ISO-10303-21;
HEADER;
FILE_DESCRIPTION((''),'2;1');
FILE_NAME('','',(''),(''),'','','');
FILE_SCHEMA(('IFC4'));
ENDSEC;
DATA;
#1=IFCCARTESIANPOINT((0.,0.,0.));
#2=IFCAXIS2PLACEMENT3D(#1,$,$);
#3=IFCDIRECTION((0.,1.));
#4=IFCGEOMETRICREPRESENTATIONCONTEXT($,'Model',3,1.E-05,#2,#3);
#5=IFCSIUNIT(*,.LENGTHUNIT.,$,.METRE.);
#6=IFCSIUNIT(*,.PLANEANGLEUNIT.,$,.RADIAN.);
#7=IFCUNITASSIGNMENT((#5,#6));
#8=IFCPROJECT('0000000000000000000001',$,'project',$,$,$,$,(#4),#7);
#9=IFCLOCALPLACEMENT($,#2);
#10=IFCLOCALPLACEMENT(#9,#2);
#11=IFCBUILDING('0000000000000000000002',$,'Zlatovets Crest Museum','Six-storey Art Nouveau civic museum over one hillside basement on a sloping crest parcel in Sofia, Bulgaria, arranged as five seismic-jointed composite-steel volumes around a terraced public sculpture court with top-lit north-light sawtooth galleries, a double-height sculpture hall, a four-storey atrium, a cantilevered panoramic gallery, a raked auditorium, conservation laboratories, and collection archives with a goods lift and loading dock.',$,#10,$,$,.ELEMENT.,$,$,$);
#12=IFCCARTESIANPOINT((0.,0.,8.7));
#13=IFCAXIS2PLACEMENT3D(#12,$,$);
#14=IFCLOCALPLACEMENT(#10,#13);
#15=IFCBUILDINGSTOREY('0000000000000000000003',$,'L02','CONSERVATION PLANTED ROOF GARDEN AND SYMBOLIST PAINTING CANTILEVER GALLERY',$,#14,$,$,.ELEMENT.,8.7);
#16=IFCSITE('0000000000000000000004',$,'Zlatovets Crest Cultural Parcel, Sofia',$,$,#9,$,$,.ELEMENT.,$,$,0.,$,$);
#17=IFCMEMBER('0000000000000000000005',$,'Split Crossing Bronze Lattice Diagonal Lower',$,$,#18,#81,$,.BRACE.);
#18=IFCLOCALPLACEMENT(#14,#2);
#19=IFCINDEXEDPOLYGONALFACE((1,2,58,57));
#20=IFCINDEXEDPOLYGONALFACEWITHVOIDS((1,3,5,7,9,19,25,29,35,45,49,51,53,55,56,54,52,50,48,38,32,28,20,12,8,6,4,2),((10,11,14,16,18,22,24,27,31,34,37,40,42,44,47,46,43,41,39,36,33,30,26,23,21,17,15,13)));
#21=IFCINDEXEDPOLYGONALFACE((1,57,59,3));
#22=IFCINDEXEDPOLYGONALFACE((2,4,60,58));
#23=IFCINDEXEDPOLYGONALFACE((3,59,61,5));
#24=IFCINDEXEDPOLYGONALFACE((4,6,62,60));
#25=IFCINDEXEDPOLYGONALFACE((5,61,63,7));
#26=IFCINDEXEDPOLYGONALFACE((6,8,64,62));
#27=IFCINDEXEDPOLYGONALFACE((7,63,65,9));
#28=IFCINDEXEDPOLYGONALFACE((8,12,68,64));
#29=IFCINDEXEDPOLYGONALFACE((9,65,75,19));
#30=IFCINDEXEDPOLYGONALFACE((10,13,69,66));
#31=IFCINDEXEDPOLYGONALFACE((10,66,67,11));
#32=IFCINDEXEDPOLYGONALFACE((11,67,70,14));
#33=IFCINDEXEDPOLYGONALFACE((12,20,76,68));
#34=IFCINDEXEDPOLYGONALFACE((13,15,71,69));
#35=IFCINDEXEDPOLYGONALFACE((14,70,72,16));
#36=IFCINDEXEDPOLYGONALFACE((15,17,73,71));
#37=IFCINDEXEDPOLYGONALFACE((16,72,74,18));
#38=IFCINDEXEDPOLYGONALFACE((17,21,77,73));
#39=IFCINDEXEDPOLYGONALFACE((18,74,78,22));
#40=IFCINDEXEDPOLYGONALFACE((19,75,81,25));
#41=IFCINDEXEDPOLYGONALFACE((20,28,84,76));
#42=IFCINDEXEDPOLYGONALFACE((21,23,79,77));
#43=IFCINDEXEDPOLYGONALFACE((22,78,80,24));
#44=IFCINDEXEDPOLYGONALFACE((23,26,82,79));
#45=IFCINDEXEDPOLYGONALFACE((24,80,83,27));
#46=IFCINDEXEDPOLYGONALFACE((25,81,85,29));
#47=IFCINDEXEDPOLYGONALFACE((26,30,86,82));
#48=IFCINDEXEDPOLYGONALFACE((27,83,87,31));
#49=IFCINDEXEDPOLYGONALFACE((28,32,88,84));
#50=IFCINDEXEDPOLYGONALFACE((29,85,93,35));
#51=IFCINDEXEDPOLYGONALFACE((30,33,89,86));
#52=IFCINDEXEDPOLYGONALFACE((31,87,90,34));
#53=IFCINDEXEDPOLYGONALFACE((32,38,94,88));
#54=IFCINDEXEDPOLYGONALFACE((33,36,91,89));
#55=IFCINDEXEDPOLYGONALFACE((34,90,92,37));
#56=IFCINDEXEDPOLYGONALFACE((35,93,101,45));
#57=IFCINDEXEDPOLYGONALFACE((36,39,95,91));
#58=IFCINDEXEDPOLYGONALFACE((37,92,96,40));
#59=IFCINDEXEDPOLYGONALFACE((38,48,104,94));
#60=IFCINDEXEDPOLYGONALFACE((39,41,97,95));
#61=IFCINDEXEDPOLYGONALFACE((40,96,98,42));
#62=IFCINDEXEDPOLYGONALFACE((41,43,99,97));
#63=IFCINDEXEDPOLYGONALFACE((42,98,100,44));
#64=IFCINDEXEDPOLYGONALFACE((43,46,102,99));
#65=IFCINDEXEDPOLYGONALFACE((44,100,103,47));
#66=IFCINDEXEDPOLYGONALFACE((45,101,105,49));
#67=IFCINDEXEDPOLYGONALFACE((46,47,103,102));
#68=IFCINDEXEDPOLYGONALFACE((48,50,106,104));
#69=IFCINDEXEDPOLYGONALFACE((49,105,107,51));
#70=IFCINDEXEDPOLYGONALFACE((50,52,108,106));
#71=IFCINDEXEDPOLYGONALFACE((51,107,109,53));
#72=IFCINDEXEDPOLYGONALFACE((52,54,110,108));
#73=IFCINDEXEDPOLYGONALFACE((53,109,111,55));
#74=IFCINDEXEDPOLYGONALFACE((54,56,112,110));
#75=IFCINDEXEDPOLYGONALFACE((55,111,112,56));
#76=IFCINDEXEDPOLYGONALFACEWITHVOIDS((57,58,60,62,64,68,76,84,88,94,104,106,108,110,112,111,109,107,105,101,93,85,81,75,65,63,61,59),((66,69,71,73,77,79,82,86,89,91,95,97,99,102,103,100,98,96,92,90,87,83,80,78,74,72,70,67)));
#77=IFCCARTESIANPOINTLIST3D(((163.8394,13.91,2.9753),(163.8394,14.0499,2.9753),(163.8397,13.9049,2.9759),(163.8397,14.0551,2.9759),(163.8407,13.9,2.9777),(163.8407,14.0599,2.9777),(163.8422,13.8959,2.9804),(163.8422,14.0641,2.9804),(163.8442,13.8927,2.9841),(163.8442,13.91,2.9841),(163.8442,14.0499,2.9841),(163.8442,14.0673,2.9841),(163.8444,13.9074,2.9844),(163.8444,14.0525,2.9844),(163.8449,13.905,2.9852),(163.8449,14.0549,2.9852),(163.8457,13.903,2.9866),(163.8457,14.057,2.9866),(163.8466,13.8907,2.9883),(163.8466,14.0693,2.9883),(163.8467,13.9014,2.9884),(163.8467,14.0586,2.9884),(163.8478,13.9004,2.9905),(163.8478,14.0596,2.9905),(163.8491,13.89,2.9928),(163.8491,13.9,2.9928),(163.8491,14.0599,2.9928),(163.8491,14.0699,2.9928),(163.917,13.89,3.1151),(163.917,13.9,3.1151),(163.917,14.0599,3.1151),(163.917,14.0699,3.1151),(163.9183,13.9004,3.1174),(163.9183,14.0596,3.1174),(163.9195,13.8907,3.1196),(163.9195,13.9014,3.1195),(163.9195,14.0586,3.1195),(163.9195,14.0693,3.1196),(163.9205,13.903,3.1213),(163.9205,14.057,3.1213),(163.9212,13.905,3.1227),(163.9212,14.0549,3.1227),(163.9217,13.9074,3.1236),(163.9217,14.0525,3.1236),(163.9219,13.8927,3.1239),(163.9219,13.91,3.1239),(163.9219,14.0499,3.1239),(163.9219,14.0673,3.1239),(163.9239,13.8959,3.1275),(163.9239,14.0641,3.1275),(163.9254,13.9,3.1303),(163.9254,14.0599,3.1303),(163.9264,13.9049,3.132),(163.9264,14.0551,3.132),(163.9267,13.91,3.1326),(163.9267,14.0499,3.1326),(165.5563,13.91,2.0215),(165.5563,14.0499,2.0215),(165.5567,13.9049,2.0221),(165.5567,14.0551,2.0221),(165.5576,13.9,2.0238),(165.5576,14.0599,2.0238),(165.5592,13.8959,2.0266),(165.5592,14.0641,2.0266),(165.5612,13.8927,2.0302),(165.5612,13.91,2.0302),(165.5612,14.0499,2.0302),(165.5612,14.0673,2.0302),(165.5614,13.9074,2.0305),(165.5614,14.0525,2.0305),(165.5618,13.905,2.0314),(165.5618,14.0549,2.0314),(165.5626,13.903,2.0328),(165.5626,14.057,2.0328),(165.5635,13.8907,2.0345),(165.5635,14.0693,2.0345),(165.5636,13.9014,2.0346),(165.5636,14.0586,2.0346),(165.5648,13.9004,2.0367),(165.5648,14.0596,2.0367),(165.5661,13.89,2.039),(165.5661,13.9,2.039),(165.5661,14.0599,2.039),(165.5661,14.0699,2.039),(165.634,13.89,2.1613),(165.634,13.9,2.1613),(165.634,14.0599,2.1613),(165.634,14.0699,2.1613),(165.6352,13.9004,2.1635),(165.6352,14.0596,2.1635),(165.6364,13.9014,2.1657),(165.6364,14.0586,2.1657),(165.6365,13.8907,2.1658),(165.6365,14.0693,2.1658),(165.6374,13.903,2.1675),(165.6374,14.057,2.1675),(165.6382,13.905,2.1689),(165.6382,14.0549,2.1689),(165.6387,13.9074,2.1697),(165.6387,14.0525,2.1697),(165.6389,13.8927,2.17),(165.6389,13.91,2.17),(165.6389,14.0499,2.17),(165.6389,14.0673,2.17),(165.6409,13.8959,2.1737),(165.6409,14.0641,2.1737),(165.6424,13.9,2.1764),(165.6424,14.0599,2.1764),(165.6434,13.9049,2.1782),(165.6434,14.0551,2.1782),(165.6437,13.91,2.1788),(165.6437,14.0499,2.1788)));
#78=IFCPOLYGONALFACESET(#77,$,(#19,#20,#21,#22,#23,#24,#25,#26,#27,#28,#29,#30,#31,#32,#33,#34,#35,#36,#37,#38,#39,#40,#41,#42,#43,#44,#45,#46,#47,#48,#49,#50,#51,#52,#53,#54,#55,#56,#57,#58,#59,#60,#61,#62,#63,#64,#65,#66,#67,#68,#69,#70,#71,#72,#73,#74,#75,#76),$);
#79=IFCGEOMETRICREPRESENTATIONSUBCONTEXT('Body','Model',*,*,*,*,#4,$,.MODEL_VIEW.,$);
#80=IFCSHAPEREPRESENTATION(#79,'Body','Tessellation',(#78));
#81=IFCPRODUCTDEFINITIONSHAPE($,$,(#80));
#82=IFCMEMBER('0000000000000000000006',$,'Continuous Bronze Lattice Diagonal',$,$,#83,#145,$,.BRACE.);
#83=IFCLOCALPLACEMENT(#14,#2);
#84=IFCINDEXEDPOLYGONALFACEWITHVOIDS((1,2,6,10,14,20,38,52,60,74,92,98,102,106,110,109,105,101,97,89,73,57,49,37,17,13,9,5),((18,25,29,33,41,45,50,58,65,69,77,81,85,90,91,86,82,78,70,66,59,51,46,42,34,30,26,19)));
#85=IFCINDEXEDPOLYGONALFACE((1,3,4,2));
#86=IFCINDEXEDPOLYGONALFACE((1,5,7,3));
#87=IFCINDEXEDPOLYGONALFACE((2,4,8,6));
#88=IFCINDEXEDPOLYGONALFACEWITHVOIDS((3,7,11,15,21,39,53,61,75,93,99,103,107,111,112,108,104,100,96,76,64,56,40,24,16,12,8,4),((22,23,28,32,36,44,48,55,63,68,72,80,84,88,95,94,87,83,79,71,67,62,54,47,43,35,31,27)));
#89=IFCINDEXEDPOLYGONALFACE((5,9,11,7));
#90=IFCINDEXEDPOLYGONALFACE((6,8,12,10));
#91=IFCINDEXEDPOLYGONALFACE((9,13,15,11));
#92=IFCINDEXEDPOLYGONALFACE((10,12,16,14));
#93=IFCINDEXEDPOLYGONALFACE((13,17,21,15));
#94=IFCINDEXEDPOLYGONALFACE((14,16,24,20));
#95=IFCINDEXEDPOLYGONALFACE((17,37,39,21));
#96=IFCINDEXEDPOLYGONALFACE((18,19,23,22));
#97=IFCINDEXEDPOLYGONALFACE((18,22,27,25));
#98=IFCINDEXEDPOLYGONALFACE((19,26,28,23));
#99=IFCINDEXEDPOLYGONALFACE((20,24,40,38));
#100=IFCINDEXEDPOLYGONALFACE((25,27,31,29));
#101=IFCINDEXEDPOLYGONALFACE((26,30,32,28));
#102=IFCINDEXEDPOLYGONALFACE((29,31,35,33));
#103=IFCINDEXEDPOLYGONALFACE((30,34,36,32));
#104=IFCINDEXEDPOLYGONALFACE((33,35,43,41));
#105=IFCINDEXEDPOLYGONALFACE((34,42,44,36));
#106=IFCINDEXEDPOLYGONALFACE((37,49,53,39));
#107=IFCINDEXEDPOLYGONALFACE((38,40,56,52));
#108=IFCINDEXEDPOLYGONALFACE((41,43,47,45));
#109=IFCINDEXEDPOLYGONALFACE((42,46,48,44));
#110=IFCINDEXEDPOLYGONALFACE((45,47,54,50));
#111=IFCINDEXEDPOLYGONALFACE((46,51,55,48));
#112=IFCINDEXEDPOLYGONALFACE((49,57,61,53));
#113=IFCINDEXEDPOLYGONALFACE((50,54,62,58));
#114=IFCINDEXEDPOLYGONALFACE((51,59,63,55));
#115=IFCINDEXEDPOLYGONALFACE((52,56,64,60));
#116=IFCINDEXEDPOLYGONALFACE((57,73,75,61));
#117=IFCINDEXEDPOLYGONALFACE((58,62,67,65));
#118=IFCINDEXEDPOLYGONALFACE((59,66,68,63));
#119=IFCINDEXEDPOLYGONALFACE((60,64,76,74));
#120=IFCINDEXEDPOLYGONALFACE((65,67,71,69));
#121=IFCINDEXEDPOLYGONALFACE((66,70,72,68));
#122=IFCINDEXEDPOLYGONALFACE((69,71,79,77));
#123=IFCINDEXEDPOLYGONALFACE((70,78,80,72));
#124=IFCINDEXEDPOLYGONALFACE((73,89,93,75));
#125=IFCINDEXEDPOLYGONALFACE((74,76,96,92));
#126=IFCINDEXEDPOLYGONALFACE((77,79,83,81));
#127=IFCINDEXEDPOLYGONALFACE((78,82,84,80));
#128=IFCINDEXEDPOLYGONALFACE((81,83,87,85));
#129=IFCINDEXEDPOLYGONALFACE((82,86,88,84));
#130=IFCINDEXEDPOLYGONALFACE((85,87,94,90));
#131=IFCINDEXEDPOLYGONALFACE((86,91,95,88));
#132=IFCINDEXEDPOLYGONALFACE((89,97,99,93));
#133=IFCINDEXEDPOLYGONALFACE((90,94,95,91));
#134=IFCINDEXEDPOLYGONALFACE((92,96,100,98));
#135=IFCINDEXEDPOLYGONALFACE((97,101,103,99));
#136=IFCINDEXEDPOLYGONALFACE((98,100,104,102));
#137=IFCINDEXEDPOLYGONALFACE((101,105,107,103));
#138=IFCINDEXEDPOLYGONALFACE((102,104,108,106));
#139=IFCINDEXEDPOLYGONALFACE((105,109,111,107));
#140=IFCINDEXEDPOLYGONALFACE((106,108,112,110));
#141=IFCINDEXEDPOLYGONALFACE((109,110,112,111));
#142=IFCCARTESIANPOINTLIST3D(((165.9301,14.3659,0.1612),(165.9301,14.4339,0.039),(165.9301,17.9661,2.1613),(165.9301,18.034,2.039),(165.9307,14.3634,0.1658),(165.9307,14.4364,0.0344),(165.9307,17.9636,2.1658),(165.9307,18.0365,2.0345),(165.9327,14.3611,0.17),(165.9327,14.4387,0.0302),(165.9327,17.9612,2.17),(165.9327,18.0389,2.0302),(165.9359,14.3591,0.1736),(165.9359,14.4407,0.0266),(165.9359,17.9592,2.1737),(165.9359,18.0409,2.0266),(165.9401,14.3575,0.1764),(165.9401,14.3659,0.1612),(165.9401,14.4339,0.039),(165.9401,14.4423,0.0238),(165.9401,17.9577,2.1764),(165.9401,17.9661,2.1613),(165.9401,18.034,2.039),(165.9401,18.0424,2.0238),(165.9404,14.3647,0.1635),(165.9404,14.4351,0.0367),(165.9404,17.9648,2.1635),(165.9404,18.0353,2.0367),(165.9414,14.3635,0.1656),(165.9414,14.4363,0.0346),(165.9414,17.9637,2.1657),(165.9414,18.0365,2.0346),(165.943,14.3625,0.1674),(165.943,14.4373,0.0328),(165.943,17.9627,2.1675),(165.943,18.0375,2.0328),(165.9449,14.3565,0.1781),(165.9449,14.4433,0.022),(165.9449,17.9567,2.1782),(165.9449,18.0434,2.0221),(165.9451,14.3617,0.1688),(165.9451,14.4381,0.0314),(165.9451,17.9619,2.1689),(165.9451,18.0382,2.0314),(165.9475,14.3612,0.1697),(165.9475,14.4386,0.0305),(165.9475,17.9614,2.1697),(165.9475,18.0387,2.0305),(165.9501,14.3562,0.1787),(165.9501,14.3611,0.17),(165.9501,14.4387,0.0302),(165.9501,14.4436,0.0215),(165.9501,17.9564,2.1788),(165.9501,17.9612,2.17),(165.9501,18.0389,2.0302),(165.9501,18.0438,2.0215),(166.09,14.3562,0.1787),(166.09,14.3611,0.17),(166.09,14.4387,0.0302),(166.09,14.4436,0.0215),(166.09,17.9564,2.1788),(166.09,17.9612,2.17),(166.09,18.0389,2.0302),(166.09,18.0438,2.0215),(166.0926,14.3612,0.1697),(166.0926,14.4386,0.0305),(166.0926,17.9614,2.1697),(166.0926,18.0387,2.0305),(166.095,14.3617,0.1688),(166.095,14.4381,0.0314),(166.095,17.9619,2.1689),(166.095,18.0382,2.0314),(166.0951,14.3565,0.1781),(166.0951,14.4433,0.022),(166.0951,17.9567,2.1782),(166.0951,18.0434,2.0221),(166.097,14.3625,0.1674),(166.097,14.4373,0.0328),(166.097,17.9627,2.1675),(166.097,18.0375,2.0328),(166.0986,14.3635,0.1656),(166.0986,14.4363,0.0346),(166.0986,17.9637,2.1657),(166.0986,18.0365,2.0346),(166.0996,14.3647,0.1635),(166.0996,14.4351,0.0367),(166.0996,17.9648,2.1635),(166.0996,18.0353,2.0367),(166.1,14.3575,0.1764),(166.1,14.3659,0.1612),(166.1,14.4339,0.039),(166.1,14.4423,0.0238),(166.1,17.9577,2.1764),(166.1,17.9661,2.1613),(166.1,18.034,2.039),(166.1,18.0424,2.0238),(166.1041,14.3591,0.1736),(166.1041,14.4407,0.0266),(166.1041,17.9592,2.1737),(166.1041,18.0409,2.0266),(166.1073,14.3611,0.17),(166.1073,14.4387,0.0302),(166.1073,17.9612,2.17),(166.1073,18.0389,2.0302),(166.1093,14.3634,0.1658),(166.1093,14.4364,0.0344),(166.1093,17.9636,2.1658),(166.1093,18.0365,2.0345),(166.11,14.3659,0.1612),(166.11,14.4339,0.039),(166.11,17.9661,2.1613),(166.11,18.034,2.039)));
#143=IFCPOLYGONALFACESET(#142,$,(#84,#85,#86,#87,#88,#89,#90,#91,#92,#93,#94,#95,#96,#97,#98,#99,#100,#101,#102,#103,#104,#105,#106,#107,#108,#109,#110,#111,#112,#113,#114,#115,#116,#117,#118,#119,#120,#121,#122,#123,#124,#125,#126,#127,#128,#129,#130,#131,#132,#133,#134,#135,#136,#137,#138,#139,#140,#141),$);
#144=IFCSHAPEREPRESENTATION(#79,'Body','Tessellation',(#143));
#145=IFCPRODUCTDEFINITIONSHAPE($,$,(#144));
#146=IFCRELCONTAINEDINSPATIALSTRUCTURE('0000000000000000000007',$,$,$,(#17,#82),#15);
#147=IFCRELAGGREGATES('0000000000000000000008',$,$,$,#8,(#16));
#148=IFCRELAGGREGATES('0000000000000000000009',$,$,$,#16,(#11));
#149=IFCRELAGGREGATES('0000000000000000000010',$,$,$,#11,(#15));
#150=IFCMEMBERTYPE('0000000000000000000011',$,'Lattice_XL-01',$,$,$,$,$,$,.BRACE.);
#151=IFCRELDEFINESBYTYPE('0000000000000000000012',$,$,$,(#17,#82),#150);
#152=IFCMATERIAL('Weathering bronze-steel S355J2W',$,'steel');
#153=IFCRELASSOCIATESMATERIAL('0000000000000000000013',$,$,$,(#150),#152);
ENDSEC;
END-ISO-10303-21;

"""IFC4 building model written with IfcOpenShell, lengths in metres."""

from ifc_helpers import new_model, si_unit, direction, frame, origin, origin_2d, place, context, subcontext, project, spatial, hollow_rectangle, extrude, material, material_profile, profile_set, type_object, element, save


model = new_model("IFC4")

# Units and contexts
model_context = context("Model", 3, precision=1e-05, world=origin(), true_north=direction((0.0, 1.0)))
body_context = subcontext(model_context, "Body", "Model", "MODEL_VIEW")
ifc_project = project(units=[si_unit("LENGTHUNIT", "METRE"), si_unit("PLANEANGLEUNIT", "RADIAN")], contexts=[model_context])

# Site, building, storey
site_placement = place(None, origin())
site = spatial("IfcSite", under=ifc_project, at=site_placement, Name="Zlatovets Crest Cultural Parcel, Sofia", CompositionType="ELEMENT", RefElevation=0.0)
building_placement = place(site_placement, origin())
building = spatial("IfcBuilding", under=site, at=building_placement, Name="Zlatovets Crest Museum", Description="Six-storey Art Nouveau civic museum over one hillside basement on a sloping crest parcel in Sofia, Bulgaria, arranged as five seismic-jointed composite-steel volumes around a terraced public sculpture court with top-lit north-light sawtooth galleries, a double-height sculpture hall, a four-storey atrium, a cantilevered panoramic gallery, a raked auditorium, conservation laboratories, and collection archives with a goods lift and loading dock.", CompositionType="ELEMENT")
storey_placement = place(building_placement, frame((0.0, 0.0, 8.7)))
storey = spatial("IfcBuildingStorey", under=building, at=storey_placement, Name="L02", Description="CONSERVATION PLANTED ROOF GARDEN AND SYMBOLIST PAINTING CANTILEVER GALLERY", CompositionType="ELEMENT", Elevation=8.7)

# Members
ifc_material_1 = material(Name="Weathering bronze-steel S355J2W", Category="steel")
ifc_material_profile_1 = material_profile(ifc_material_1, hollow_rectangle(XDim=0.1799, YDim=0.1799, WallThickness=0.01, InnerFilletRadius=0.01, OuterFilletRadius=0.02, at=origin_2d()), Name="SHS 180x180x10.0")
ifc_profile_set_1 = profile_set([ifc_material_profile_1], Name="Weathering bronze-steel S355J2W")
member_type_1 = type_object("IfcMemberType", Name="Lattice_XL-01", PredefinedType="BRACE", material=ifc_profile_set_1)
for number, where, z_axis, x_axis, name in (
    (1, (163.8831, 13.98, 3.054), (0.874169, 0.0, -0.485622), (0.0, 1.0, 0.0), "Split Crossing Bronze Lattice Diagonal Lower"),
):
    element("IfcMember", number, at=place(storey_placement, frame(where, z_axis=z_axis, x_axis=x_axis)), inside=storey, type_object=member_type_1, Name=name, PredefinedType="BRACE", context=body_context, shape_type="SweptSolid", body=[
        extrude(hollow_rectangle(XDim=0.1799, YDim=0.1799, WallThickness=0.01, InnerFilletRadius=0.01, OuterFilletRadius=0.02, at=origin_2d()), origin(), (0.0, 0.0, 1.0), 1.9641),
    ])
member_1_placement = place(storey_placement, frame((166.02, 14.3999, 0.1001), z_axis=(0.0, 0.874163, 0.485633), x_axis=(-1.0, 0.0, 0.0)))
element("IfcMember", 2, at=member_1_placement, inside=storey, type_object=member_type_1, Name="Continuous Bronze Lattice Diagonal", PredefinedType="BRACE", context=body_context, shape_type="SweptSolid", body=[
    extrude(hollow_rectangle(XDim=0.1799, YDim=0.1799, WallThickness=0.01, InnerFilletRadius=0.01, OuterFilletRadius=0.02, at=origin_2d()), origin(), (0.0, 0.0, 1.0), 4.1184),
])

save(model, "model.ifc")
